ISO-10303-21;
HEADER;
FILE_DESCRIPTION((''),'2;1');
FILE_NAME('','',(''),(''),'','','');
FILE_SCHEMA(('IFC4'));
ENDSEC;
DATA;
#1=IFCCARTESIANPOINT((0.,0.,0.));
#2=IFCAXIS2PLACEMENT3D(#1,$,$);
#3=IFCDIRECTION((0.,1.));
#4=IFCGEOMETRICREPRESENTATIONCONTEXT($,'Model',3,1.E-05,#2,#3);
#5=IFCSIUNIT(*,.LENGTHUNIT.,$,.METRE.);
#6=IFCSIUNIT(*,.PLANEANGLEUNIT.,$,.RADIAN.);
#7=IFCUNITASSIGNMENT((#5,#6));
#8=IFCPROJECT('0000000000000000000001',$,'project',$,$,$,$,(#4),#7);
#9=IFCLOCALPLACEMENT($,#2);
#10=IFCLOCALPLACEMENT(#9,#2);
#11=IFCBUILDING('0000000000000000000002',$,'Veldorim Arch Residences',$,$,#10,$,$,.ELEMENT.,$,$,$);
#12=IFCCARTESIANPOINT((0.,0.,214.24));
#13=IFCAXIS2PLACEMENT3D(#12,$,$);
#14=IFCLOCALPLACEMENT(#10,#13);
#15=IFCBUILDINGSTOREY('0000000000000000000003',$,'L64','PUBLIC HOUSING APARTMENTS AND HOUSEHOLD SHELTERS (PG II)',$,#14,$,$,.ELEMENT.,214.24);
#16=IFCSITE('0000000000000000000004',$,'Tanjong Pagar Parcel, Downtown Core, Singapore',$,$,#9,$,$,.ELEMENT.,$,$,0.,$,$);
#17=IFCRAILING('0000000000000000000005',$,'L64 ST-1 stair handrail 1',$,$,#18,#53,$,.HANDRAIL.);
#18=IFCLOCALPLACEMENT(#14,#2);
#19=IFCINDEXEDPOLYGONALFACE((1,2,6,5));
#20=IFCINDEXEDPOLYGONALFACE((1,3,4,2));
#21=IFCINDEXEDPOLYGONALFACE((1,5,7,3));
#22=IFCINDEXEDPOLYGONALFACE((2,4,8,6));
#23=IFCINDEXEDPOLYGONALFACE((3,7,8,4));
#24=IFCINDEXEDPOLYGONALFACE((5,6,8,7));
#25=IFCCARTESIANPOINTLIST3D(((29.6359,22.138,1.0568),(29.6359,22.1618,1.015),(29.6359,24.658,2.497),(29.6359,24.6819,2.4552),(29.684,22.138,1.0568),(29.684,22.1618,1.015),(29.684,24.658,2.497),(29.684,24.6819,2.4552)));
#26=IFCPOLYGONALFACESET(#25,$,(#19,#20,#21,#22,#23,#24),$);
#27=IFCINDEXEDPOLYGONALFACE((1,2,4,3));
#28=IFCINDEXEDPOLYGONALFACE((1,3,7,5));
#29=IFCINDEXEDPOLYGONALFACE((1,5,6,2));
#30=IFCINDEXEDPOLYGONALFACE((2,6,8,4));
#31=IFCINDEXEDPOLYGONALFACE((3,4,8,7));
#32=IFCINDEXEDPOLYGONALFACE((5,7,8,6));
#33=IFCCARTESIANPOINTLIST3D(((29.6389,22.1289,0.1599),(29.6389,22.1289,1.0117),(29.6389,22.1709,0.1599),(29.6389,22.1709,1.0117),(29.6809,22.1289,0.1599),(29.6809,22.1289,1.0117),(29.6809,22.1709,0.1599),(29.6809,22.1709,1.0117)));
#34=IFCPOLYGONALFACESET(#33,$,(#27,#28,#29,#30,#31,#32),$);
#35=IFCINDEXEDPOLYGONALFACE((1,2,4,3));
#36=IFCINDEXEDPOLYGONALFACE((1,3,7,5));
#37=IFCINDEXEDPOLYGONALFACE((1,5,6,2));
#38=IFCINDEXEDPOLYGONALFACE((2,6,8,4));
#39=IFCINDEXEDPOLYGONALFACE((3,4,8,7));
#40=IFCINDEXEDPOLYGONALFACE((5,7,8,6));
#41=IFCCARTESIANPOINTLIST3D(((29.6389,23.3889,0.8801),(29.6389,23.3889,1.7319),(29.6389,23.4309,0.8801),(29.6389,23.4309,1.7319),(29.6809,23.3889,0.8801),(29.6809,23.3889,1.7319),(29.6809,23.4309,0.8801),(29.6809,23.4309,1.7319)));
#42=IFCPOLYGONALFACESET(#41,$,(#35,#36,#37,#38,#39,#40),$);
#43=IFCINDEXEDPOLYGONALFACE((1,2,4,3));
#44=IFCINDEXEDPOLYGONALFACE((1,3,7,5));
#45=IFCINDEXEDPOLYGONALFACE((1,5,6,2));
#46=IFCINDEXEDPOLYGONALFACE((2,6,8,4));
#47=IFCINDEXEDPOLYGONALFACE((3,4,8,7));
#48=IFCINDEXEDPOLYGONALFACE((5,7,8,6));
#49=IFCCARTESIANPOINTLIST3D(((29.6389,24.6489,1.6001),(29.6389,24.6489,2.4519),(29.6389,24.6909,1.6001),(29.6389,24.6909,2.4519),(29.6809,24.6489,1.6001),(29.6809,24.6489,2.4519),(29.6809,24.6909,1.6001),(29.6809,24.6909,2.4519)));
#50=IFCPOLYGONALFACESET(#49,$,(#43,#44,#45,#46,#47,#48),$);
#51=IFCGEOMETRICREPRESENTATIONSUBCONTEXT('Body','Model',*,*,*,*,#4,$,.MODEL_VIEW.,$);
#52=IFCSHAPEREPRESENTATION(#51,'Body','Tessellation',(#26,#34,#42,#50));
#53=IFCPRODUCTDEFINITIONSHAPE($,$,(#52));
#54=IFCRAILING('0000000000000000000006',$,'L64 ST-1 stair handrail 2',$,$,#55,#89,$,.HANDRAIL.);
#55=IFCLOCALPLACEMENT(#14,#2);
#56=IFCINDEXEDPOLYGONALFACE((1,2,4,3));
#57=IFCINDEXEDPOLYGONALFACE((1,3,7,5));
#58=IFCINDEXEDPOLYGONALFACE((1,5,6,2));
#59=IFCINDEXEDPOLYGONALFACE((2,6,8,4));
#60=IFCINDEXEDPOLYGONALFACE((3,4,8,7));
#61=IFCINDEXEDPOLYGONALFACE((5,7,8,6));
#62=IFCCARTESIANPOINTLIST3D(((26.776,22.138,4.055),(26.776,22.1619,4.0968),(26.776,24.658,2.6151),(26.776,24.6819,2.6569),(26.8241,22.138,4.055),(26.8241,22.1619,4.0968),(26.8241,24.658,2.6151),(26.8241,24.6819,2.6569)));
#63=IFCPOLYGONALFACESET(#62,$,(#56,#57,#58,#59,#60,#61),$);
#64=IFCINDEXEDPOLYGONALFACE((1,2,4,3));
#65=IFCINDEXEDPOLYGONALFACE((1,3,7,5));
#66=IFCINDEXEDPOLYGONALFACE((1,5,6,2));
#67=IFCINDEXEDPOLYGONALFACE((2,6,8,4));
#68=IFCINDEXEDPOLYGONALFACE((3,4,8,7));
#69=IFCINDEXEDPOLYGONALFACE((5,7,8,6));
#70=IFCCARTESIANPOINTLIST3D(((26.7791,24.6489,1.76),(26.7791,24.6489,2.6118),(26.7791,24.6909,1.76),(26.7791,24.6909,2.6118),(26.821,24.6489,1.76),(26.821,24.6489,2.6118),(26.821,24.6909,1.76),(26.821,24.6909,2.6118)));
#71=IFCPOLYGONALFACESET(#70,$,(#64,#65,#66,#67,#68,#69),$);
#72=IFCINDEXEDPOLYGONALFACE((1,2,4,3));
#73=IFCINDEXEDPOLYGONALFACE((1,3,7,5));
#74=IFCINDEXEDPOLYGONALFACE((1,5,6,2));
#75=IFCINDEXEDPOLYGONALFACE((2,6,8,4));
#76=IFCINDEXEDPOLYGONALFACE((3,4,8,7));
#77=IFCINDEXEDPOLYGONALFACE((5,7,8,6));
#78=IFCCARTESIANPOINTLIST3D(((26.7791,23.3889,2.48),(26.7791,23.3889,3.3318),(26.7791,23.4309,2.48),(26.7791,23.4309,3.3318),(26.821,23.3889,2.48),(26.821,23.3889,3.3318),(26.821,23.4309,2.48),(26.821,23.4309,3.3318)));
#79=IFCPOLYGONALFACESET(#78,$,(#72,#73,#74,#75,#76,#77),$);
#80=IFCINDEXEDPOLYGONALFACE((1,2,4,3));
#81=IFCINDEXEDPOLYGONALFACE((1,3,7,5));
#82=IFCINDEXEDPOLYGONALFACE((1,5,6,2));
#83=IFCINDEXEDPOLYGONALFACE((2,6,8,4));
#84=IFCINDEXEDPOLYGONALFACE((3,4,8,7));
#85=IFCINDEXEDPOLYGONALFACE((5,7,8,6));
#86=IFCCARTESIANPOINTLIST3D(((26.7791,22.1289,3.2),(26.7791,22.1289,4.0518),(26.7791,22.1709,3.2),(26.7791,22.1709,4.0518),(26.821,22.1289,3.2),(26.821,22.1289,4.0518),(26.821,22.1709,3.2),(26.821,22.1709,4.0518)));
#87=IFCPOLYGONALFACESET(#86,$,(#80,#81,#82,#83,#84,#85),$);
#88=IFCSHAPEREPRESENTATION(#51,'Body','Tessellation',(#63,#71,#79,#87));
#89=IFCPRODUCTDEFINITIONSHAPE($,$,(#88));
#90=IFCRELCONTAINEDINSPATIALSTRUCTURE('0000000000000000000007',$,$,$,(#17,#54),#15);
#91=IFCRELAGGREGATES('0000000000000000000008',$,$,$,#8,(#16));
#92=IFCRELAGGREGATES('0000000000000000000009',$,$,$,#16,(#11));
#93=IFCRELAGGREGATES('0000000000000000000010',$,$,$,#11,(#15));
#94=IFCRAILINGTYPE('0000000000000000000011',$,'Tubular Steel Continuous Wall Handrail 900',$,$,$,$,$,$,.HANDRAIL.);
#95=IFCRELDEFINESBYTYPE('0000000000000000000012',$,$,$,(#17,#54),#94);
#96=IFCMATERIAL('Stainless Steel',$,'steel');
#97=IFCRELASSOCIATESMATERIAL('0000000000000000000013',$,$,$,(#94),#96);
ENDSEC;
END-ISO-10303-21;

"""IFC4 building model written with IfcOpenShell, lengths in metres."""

from ifc_helpers import new_model, si_unit, direction, frame, origin, origin_2d, place, context, subcontext, project, spatial, rectangle, extrude, material, type_object, element, save


model = new_model("IFC4")

# Units and contexts
model_context = context("Model", 3, precision=1e-05, world=origin(), true_north=direction((0.0, 1.0)))
body_context = subcontext(model_context, "Body", "Model", "MODEL_VIEW")
ifc_project = project(units=[si_unit("LENGTHUNIT", "METRE"), si_unit("PLANEANGLEUNIT", "RADIAN")], contexts=[model_context])

# Site, building, storey
site_placement = place(None, origin())
site = spatial("IfcSite", under=ifc_project, at=site_placement, Name="Tanjong Pagar Parcel, Downtown Core, Singapore", CompositionType="ELEMENT", RefElevation=0.0)
building_placement = place(site_placement, origin())
building = spatial("IfcBuilding", under=site, at=building_placement, Name="Veldorim Arch Residences", CompositionType="ELEMENT")
storey_placement = place(building_placement, frame((0.0, 0.0, 214.24)))
storey = spatial("IfcBuildingStorey", under=building, at=storey_placement, Name="L64", Description="PUBLIC HOUSING APARTMENTS AND HOUSEHOLD SHELTERS (PG II)", CompositionType="ELEMENT", Elevation=214.24)

# Railings
ifc_material_1 = material(Name="Stainless Steel", Category="steel")
railing_type_1 = type_object("IfcRailingType", Name="Tubular Steel Continuous Wall Handrail 900", PredefinedType="HANDRAIL", material=ifc_material_1)
railing_1_placement = place(storey_placement, frame((29.6599, 22.1499, 0.1599)))
element("IfcRailing", 1, at=railing_1_placement, inside=storey, type_object=railing_type_1, Name="L64 ST-1 stair handrail 1", PredefinedType="HANDRAIL", context=body_context, shape_type="SweptSolid", body=[
    extrude(rectangle(XDim=0.0481, YDim=0.0481, at=origin_2d()), frame((0.0, 0.0, 0.876), z_axis=(0.0, 0.868217, 0.496184), x_axis=(-1.0, 0.0, 0.0)), (0.0, 0.0, 1.0), 2.9026),
    extrude(rectangle(XDim=0.042, YDim=0.042, at=origin_2d()), origin(), (0.0, 0.0, 1.0), 0.8518),
    extrude(rectangle(XDim=0.042, YDim=0.042, at=origin_2d()), frame((0.0, 1.26, 0.7202)), (0.0, 0.0, 1.0), 0.8518),
    extrude(rectangle(XDim=0.042, YDim=0.042, at=origin_2d()), frame((0.0, 2.52, 1.4402)), (0.0, 0.0, 1.0), 0.8518),
])
railing_2_placement = place(storey_placement, frame((26.8, 24.6699, 1.76)))
element("IfcRailing", 2, at=railing_2_placement, inside=storey, type_object=railing_type_1, Name="L64 ST-1 stair handrail 2", PredefinedType="HANDRAIL", context=body_context, shape_type="SweptSolid", body=[
    extrude(rectangle(XDim=0.0481, YDim=0.0481, at=origin_2d()), frame((0.0, 0.0, 0.876), z_axis=(0.0, -0.868253, 0.496121), x_axis=(1.0, 0.0, 0.0)), (0.0, 0.0, 1.0), 2.9023),
    extrude(rectangle(XDim=0.042, YDim=0.042, at=origin_2d()), origin(), (0.0, 0.0, 1.0), 0.8518),
    extrude(rectangle(XDim=0.042, YDim=0.042, at=origin_2d()), frame((0.0, -1.26, 0.72)), (0.0, 0.0, 1.0), 0.8518),
    extrude(rectangle(XDim=0.042, YDim=0.042, at=origin_2d()), frame((0.0, -2.52, 1.4399)), (0.0, 0.0, 1.0), 0.8518),
])

save(model, "model.ifc")
